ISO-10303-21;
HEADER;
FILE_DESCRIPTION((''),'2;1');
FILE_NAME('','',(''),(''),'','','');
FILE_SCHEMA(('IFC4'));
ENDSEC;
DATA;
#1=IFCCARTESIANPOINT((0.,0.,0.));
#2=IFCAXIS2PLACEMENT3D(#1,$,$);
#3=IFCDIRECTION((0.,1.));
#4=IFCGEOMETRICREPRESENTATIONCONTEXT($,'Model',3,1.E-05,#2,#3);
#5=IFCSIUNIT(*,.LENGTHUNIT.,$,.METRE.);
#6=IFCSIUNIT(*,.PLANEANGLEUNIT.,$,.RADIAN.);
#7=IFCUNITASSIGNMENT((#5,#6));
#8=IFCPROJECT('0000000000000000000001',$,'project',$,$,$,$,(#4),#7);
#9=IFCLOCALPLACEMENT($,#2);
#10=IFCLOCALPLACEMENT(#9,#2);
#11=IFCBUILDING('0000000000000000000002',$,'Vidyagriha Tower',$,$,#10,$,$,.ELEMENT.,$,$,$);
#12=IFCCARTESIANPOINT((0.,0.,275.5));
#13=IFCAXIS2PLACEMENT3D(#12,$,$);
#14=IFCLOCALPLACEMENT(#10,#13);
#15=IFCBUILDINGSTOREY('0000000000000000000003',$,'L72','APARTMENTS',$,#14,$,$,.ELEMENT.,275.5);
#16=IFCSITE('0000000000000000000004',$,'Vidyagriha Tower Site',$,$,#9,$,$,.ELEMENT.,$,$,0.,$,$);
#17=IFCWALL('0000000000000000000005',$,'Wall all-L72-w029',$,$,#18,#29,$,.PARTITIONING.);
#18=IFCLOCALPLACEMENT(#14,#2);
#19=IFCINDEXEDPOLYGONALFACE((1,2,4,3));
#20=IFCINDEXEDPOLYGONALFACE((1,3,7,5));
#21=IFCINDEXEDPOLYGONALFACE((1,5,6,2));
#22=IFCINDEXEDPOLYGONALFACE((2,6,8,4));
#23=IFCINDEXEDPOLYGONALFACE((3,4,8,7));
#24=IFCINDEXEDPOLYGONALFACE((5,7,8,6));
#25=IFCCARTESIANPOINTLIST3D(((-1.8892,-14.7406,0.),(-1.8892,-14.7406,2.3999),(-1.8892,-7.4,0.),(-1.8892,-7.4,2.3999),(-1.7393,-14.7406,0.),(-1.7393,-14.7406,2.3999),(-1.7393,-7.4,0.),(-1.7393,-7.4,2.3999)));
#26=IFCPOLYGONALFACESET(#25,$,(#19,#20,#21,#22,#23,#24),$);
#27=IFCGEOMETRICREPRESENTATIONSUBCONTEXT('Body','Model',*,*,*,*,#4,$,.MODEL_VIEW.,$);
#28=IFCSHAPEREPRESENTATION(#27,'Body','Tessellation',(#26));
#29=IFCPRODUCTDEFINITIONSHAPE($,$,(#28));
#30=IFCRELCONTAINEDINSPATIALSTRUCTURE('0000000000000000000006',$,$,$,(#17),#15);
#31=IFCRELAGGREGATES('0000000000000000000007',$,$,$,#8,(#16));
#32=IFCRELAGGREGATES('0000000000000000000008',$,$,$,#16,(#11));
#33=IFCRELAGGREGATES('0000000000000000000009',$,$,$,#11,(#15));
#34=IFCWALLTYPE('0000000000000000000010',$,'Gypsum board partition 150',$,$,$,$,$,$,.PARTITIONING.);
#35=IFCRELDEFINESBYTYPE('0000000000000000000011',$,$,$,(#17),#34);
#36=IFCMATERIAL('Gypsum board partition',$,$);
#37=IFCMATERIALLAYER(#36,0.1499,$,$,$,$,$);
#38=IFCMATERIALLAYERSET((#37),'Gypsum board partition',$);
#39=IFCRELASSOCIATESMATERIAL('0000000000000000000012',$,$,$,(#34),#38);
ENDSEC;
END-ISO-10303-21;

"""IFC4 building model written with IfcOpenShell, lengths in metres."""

from ifc_helpers import new_model, si_unit, direction, frame, frame_2d, origin, place, context, subcontext, project, spatial, rectangle, extrude, material, layer, layer_set, type_object, element, save


model = new_model("IFC4")

# Units and contexts
model_context = context("Model", 3, precision=1e-05, world=origin(), true_north=direction((0.0, 1.0)))
body_context = subcontext(model_context, "Body", "Model", "MODEL_VIEW")
ifc_project = project(units=[si_unit("LENGTHUNIT", "METRE"), si_unit("PLANEANGLEUNIT", "RADIAN")], contexts=[model_context])

# Site, building, storey
site_placement = place(None, origin())
site = spatial("IfcSite", under=ifc_project, at=site_placement, Name="Vidyagriha Tower Site", CompositionType="ELEMENT", RefElevation=0.0)
building_placement = place(site_placement, origin())
building = spatial("IfcBuilding", under=site, at=building_placement, Name="Vidyagriha Tower", CompositionType="ELEMENT")
storey_placement = place(building_placement, frame((0.0, 0.0, 275.5)))
storey = spatial("IfcBuildingStorey", under=building, at=storey_placement, Name="L72", Description="APARTMENTS", CompositionType="ELEMENT", Elevation=275.5)

# Shared definitions
ifc_material_1 = material(Name="Gypsum board partition")
ifc_layer_1 = layer(ifc_material_1, 0.1499)
ifc_layer_set_1 = layer_set([ifc_layer_1], Name="Gypsum board partition")
wall_type_1 = type_object("IfcWallType", Name="Gypsum board partition 150", PredefinedType="PARTITIONING", material=ifc_layer_set_1)

# Wall
wall_1_placement = place(storey_placement, frame((-1.8142, -7.3999, 0.0), z_axis=(0.0, 0.0, 1.0), x_axis=(0.0, -1.0, 0.0)))
element("IfcWall", 1, at=wall_1_placement, inside=storey, type_object=wall_type_1, Name="Wall all-L72-w029", PredefinedType="PARTITIONING", context=body_context, shape_type="SweptSolid", body=[
    extrude(rectangle(XDim=7.3406, YDim=0.1499, at=frame_2d((3.6704, 0.0))), origin(), (0.0, 0.0, 1.0), 2.3999),
])

save(model, "model.ifc")
